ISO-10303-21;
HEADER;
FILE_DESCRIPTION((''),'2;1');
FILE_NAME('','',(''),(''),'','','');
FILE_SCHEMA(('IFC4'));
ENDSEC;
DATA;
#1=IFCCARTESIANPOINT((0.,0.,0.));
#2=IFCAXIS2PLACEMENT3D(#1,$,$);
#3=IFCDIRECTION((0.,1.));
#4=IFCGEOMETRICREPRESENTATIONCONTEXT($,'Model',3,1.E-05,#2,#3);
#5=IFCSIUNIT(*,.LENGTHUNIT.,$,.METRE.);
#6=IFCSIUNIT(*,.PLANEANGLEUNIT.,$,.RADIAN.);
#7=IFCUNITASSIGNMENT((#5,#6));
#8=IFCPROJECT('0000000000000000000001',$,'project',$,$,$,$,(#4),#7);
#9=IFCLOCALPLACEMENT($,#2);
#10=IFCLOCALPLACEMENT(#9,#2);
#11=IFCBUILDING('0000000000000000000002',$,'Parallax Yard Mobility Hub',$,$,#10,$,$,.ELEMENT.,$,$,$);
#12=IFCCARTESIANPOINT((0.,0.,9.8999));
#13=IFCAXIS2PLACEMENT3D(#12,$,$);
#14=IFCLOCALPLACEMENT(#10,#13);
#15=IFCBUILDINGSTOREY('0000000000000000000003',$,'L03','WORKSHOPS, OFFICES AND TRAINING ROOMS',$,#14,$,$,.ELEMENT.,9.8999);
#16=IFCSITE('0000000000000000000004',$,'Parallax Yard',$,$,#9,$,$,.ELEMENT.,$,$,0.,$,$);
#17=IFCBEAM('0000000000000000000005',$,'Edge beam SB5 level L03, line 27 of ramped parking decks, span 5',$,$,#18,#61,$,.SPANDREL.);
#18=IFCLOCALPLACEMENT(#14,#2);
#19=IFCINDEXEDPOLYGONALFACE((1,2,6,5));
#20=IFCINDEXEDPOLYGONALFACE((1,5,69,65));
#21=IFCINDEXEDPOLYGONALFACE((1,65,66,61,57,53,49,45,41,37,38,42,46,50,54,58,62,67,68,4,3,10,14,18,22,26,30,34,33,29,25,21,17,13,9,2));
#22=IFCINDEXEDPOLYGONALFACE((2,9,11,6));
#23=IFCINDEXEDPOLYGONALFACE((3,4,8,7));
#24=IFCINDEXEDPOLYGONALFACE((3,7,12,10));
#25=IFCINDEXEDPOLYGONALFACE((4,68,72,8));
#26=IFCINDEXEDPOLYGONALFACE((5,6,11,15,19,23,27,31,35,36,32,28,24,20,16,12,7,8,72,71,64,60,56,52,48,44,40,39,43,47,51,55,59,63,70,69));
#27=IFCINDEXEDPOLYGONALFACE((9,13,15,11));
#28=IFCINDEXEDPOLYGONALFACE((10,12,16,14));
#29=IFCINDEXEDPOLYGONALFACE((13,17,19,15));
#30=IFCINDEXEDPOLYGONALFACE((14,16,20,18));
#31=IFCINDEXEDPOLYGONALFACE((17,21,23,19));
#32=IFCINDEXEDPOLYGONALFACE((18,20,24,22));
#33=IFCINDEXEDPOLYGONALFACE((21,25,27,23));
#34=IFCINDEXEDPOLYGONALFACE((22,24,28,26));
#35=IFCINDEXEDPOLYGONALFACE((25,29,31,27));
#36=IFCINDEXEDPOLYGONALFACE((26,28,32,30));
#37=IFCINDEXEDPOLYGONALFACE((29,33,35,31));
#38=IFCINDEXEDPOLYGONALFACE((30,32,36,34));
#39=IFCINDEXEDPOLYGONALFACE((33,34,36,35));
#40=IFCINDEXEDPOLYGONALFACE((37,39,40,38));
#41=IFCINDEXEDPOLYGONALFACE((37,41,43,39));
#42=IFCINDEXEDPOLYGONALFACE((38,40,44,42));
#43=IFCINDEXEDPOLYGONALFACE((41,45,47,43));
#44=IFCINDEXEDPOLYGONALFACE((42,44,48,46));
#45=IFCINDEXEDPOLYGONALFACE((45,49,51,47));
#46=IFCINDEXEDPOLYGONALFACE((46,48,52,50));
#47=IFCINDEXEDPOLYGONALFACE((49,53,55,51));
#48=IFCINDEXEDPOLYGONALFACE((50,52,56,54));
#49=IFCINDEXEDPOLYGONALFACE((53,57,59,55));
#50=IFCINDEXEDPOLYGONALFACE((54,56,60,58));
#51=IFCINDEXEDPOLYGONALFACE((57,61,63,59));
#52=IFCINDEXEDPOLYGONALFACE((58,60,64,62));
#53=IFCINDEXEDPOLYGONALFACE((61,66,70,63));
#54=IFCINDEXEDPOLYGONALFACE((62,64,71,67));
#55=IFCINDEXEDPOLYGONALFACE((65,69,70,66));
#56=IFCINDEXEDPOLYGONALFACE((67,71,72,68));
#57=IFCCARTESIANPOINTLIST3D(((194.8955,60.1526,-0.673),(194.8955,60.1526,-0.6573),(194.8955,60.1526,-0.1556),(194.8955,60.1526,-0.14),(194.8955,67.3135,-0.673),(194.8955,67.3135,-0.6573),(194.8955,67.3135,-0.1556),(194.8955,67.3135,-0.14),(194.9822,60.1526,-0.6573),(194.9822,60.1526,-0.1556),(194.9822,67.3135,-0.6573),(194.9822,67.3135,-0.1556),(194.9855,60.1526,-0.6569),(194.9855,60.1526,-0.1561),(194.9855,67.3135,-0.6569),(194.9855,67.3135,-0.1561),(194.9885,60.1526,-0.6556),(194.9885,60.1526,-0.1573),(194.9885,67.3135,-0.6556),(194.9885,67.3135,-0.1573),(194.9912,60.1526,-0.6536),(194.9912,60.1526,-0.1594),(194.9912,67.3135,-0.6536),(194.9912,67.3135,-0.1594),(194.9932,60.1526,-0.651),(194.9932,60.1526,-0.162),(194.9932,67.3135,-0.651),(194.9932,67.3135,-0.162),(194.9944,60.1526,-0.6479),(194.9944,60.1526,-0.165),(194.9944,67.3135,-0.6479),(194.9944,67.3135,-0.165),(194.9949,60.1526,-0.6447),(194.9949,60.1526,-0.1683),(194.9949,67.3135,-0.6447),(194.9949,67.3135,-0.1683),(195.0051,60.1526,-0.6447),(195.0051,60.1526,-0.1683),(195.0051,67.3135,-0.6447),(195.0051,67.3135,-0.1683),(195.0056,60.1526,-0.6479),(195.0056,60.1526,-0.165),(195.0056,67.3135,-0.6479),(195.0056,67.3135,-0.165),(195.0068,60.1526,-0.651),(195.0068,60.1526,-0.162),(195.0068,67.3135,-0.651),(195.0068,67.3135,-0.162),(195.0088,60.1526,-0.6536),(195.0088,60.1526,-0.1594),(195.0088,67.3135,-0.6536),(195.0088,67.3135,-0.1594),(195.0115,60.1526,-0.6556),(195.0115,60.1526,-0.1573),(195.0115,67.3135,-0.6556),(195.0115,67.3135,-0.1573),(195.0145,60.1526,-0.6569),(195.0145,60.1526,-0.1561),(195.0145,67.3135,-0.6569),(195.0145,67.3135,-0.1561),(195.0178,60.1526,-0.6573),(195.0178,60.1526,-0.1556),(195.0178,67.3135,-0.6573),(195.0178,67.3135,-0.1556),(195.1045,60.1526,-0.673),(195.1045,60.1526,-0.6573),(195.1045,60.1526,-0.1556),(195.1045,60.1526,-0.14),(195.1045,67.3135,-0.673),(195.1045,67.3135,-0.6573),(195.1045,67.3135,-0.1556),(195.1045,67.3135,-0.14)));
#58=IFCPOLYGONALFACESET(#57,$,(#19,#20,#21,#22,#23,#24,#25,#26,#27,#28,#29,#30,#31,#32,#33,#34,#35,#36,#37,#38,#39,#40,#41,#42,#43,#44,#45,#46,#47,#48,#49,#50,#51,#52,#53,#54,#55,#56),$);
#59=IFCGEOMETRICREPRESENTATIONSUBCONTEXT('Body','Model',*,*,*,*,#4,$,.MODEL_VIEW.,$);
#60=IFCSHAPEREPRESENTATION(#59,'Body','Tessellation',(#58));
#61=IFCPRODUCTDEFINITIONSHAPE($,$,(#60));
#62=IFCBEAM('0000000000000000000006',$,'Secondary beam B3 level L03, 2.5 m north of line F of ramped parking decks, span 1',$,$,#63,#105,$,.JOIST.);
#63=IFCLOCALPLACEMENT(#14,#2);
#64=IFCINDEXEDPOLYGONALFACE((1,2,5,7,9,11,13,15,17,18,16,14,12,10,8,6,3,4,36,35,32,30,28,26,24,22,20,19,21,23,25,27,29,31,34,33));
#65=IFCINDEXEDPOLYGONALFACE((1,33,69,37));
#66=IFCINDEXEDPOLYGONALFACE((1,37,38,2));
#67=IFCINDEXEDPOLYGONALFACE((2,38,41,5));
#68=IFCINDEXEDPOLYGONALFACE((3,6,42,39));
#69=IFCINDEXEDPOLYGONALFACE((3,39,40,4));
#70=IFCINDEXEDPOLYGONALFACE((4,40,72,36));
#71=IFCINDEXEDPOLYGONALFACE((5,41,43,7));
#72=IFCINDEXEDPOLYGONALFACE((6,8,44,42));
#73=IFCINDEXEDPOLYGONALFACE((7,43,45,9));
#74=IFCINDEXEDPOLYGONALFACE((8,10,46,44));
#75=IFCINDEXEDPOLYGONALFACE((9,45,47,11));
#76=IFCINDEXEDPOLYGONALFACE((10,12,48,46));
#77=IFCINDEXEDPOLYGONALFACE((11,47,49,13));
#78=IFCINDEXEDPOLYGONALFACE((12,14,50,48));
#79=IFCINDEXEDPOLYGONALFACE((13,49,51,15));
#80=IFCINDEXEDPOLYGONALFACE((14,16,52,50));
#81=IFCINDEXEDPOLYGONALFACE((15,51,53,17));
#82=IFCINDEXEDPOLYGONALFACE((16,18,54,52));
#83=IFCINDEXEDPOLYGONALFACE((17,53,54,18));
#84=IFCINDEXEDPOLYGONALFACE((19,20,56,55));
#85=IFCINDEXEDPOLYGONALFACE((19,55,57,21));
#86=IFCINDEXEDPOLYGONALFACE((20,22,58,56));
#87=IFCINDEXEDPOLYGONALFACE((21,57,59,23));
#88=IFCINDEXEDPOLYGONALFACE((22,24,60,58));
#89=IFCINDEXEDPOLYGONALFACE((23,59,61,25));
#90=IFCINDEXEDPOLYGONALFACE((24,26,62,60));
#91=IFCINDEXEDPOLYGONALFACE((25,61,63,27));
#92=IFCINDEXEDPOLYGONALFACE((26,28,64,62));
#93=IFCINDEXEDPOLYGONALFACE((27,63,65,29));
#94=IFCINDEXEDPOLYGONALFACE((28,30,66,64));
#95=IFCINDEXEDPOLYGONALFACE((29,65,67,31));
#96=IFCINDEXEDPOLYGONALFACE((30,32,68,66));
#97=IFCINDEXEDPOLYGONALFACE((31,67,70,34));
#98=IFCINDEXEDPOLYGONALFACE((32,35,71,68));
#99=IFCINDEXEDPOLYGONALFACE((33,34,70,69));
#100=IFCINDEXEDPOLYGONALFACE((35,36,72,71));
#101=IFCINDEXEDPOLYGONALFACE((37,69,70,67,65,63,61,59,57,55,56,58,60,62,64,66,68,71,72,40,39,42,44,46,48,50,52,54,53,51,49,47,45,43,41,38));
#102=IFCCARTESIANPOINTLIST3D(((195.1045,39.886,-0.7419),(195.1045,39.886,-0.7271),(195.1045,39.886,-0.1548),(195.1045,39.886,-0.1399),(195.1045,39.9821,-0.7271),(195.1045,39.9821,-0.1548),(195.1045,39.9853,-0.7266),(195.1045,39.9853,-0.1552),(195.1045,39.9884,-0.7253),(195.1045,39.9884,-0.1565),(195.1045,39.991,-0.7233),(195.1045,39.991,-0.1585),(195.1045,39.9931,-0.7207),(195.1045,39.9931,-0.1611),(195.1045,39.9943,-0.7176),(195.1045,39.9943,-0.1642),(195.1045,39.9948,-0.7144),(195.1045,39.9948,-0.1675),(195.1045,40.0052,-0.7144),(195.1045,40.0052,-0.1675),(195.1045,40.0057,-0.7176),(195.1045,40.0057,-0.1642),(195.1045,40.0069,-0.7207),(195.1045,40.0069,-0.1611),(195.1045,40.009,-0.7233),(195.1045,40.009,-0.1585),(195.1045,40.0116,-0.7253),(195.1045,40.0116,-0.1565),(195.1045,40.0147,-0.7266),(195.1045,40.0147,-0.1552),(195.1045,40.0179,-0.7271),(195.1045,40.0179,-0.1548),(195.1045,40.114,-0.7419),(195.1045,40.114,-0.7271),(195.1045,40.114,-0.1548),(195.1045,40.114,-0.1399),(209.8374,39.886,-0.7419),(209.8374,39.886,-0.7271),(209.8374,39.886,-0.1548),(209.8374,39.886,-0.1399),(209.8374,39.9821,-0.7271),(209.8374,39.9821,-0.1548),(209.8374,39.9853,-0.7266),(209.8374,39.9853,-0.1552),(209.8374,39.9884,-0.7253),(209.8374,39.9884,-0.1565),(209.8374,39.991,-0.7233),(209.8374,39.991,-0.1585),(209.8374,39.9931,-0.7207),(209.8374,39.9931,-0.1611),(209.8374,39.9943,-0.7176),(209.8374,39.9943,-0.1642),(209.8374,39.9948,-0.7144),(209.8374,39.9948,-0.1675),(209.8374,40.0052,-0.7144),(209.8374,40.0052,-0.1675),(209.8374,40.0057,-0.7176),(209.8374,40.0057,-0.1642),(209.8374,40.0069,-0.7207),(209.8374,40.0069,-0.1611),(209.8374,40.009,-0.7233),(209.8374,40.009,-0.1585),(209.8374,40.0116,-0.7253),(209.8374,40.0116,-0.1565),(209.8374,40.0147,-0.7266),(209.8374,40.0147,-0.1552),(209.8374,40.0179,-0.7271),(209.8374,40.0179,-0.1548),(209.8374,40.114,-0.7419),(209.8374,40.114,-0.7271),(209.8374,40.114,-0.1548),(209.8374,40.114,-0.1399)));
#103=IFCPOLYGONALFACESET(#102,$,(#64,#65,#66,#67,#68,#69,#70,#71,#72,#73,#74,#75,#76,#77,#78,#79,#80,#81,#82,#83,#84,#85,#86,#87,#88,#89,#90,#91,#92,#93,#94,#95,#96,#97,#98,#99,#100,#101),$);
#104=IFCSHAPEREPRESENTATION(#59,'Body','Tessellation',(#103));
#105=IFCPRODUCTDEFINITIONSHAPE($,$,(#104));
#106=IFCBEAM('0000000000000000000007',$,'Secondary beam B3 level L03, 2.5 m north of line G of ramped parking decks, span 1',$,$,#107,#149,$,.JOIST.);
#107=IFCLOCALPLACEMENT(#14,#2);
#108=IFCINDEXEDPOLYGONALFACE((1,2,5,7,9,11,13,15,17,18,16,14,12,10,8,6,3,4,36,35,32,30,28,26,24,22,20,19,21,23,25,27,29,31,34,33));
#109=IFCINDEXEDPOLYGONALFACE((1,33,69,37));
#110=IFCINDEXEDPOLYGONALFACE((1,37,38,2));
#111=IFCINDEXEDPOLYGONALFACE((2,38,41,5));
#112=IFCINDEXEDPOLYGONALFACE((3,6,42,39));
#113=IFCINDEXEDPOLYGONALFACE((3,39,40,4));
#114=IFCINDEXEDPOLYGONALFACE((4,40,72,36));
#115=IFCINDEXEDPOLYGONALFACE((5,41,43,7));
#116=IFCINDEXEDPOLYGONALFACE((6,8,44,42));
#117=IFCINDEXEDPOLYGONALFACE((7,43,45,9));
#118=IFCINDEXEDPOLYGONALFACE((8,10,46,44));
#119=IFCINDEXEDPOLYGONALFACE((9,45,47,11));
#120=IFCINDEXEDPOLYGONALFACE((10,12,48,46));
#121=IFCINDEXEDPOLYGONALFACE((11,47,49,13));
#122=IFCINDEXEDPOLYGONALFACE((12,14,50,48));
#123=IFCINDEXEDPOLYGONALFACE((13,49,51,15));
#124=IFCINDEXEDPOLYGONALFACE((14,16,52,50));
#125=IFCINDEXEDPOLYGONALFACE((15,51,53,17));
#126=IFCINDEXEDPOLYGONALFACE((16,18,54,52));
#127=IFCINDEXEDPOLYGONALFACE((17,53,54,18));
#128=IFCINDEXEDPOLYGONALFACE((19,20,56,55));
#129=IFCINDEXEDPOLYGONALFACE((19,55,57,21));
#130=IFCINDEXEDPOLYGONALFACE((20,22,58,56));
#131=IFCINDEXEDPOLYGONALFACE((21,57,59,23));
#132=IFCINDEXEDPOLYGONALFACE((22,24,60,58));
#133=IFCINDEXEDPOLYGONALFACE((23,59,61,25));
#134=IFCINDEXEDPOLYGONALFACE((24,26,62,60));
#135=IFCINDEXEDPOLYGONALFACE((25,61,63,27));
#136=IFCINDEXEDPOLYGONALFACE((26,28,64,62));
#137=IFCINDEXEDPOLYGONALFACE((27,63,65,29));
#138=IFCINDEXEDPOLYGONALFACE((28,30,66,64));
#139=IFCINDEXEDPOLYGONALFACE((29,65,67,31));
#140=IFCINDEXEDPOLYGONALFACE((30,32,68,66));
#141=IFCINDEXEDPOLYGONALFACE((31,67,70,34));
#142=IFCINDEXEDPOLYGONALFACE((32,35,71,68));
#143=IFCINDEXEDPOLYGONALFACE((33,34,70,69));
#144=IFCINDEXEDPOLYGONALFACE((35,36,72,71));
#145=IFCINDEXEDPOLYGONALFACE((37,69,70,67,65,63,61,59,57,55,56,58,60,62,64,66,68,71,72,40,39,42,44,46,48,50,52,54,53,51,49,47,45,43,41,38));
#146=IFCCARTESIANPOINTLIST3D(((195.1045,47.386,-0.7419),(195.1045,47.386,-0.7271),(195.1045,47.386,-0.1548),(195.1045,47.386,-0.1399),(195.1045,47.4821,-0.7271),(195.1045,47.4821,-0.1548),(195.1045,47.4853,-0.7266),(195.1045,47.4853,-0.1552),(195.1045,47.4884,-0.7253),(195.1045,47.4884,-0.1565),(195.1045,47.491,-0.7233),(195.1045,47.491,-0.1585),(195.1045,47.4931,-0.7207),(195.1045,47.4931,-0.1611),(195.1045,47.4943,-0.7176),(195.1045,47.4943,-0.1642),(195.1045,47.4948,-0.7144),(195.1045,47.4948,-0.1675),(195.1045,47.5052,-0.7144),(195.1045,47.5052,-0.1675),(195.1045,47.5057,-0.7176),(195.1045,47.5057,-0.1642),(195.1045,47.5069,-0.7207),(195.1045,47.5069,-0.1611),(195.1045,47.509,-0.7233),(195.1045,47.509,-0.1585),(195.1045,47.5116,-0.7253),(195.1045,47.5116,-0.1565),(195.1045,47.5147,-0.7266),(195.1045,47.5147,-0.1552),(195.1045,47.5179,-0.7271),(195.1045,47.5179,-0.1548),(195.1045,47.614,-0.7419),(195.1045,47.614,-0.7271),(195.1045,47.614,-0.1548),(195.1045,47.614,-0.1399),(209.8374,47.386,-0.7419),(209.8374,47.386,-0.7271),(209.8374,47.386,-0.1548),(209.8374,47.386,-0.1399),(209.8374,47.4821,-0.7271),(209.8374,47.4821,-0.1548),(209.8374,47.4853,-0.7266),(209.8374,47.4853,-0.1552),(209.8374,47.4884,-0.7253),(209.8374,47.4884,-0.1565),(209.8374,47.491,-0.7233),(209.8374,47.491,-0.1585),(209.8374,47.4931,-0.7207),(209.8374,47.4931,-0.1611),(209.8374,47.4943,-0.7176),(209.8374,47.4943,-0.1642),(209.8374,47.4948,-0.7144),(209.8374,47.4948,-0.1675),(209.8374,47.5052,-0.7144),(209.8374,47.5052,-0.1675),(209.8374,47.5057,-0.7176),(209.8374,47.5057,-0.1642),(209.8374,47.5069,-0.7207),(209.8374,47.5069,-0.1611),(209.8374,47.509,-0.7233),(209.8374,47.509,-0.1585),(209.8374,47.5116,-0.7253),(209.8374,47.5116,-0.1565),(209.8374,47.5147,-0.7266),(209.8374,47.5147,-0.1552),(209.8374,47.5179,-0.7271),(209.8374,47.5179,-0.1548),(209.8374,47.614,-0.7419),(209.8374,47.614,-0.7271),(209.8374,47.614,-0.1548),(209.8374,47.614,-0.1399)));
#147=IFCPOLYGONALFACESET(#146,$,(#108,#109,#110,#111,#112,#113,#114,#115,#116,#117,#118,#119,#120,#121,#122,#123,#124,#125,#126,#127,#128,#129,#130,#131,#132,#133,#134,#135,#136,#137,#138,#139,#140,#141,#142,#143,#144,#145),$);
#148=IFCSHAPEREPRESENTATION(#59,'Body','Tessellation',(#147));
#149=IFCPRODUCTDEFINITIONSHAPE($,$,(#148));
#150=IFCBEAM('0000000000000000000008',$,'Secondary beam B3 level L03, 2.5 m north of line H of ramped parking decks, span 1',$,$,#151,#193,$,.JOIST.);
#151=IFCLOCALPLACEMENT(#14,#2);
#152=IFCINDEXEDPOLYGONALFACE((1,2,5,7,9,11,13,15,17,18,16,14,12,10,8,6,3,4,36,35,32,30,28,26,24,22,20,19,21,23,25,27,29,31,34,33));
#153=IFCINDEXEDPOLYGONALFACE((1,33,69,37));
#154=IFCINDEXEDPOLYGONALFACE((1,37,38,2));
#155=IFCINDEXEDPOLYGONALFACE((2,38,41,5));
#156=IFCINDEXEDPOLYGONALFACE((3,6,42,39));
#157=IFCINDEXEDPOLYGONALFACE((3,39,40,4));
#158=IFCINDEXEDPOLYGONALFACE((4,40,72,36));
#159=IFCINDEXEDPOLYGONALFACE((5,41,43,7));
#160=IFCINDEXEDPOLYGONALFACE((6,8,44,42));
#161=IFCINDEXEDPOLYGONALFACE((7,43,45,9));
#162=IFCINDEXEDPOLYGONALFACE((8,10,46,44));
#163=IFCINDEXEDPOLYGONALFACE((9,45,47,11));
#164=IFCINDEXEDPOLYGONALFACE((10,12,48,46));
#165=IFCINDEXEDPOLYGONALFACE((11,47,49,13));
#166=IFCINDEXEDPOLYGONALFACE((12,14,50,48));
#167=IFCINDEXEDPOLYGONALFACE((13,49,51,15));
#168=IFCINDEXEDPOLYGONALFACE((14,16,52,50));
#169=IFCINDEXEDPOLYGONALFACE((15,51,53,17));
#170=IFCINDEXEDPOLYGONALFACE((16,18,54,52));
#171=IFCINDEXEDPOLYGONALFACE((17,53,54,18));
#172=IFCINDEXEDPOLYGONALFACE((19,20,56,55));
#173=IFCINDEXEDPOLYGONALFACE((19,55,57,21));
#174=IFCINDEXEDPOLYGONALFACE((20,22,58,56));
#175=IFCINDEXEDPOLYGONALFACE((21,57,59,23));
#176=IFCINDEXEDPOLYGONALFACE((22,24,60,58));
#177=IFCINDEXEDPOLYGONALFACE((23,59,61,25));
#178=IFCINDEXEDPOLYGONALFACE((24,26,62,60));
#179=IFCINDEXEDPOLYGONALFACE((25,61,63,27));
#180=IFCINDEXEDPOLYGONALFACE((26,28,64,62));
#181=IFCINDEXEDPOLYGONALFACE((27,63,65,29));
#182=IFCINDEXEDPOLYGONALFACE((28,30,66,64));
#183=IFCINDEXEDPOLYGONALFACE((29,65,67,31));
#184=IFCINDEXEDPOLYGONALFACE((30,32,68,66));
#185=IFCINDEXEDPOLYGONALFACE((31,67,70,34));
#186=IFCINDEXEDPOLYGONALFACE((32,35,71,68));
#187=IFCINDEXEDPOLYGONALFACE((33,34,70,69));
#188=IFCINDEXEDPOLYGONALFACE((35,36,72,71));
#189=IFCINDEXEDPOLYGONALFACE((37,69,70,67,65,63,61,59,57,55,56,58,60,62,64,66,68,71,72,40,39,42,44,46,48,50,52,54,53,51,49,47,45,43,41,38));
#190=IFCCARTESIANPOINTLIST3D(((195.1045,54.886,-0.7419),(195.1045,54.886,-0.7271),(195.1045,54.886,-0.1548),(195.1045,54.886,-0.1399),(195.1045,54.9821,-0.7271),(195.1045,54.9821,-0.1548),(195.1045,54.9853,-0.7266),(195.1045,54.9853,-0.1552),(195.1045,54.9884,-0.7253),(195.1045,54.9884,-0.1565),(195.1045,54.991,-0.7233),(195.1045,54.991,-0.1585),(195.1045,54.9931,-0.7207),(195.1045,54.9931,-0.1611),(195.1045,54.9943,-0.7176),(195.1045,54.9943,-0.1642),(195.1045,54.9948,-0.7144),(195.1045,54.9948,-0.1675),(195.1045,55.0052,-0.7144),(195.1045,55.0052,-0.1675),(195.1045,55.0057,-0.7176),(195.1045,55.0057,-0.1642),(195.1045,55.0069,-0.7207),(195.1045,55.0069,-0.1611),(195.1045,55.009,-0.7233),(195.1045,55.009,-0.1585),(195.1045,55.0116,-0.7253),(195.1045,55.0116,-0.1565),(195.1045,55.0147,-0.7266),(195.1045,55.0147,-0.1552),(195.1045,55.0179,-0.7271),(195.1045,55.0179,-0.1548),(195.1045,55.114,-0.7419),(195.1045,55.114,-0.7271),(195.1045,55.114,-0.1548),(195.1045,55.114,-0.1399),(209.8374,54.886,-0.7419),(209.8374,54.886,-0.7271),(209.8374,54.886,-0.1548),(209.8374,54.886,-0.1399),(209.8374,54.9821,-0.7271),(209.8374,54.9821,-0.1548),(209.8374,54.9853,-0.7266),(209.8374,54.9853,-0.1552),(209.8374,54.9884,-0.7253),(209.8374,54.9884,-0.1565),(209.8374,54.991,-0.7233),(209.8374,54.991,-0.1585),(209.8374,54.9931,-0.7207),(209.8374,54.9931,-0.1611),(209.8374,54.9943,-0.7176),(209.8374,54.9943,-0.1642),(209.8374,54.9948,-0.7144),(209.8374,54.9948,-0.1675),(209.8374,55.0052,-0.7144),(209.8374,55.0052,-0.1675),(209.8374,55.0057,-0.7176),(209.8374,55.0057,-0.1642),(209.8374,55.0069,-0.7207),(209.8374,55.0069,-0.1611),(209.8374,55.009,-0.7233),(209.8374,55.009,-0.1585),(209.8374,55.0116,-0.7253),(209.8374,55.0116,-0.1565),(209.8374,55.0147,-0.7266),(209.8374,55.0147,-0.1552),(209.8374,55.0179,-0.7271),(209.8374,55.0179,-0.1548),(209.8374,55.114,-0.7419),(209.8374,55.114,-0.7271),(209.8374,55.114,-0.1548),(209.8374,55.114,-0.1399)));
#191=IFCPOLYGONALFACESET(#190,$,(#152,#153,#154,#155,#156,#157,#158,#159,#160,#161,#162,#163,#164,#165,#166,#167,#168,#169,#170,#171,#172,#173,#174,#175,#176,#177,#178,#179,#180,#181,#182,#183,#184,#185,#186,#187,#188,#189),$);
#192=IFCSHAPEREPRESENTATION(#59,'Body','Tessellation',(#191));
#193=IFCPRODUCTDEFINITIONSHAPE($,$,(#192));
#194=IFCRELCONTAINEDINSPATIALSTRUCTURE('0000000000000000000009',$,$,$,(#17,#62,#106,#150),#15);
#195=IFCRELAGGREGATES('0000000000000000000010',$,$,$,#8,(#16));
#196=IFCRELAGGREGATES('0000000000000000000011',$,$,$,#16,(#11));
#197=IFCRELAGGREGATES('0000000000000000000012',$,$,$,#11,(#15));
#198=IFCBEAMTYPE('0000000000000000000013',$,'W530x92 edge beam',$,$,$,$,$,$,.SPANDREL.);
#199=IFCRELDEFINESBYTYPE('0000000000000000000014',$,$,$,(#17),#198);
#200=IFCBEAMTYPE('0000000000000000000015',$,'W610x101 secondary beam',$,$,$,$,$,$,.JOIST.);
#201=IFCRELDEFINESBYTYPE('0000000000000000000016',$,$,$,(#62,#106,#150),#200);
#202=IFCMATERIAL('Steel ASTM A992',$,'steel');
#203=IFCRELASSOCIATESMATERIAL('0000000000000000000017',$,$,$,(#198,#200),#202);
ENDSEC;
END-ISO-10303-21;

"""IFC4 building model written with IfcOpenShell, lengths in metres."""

from ifc_helpers import new_model, si_unit, direction, frame, origin, origin_2d, place, context, subcontext, project, spatial, i_section, extrude, material, material_profile, profile_set, type_object, element, save


model = new_model("IFC4")

# Units and contexts
model_context = context("Model", 3, precision=1e-05, world=origin(), true_north=direction((0.0, 1.0)))
body_context = subcontext(model_context, "Body", "Model", "MODEL_VIEW")
ifc_project = project(units=[si_unit("LENGTHUNIT", "METRE"), si_unit("PLANEANGLEUNIT", "RADIAN")], contexts=[model_context])

# Site, building, storey
site_placement = place(None, origin())
site = spatial("IfcSite", under=ifc_project, at=site_placement, Name="Parallax Yard", CompositionType="ELEMENT", RefElevation=0.0)
building_placement = place(site_placement, origin())
building = spatial("IfcBuilding", under=site, at=building_placement, Name="Parallax Yard Mobility Hub", CompositionType="ELEMENT")
storey_placement = place(building_placement, frame((0.0, 0.0, 9.8999)))
storey = spatial("IfcBuildingStorey", under=building, at=storey_placement, Name="L03", Description="WORKSHOPS, OFFICES AND TRAINING ROOMS", CompositionType="ELEMENT", Elevation=9.8999)

# Shared definitions
ifc_material_1 = material(Name="Steel ASTM A992", Category="steel")

# Beams
ifc_material_profile_1 = material_profile(ifc_material_1, i_section(OverallWidth=0.209, OverallDepth=0.533, WebThickness=0.0103, FlangeThickness=0.0156, FilletRadius=0.0127, at=origin_2d()), Name="W530x92")
ifc_profile_set_1 = profile_set([ifc_material_profile_1], Name="Steel ASTM A992")
beam_type_1 = type_object("IfcBeamType", Name="W530x92 edge beam", PredefinedType="SPANDREL", material=ifc_profile_set_1)
beam_1_placement = place(storey_placement, frame((195.0, 60.1526, -0.4065), z_axis=(0.0, 1.0, 0.0), x_axis=(-1.0, 0.0, 0.0)))
element("IfcBeam", 1, at=beam_1_placement, inside=storey, type_object=beam_type_1, Name="Edge beam SB5 level L03, line 27 of ramped parking decks, span 5", PredefinedType="SPANDREL", context=body_context, shape_type="SweptSolid", body=[
    extrude(i_section(OverallWidth=0.209, OverallDepth=0.533, WebThickness=0.0103, FlangeThickness=0.0156, FilletRadius=0.0127, at=origin_2d()), origin(), (0.0, 0.0, 1.0), 7.1609),
])
ifc_material_profile_2 = material_profile(ifc_material_1, i_section(OverallWidth=0.228, OverallDepth=0.6021, WebThickness=0.0105, FlangeThickness=0.0149, FilletRadius=0.0127, at=origin_2d()), Name="W610x101")
ifc_profile_set_2 = profile_set([ifc_material_profile_2], Name="Steel ASTM A992")
beam_type_2 = type_object("IfcBeamType", Name="W610x101 secondary beam", PredefinedType="JOIST", material=ifc_profile_set_2)
for number, where, z_axis, x_axis, name in (
    (2, (195.1045, 40.0, -0.4409), (1.0, 0.0, 0.0), (0.0, 1.0, 0.0), "Secondary beam B3 level L03, 2.5 m north of line F of ramped parking decks, span 1"),
    (3, (195.1045, 47.5, -0.4409), (1.0, 0.0, 0.0), (0.0, 1.0, 0.0), "Secondary beam B3 level L03, 2.5 m north of line G of ramped parking decks, span 1"),
    (4, (195.1045, 55.0, -0.4409), (1.0, 0.0, 0.0), (0.0, 1.0, 0.0), "Secondary beam B3 level L03, 2.5 m north of line H of ramped parking decks, span 1"),
):
    element("IfcBeam", number, at=place(storey_placement, frame(where, z_axis=z_axis, x_axis=x_axis)), inside=storey, type_object=beam_type_2, Name=name, PredefinedType="JOIST", context=body_context, shape_type="SweptSolid", body=[
        extrude(i_section(OverallWidth=0.228, OverallDepth=0.6021, WebThickness=0.0105, FlangeThickness=0.0149, FilletRadius=0.0127, at=origin_2d()), origin(), (0.0, 0.0, 1.0), 14.7329),
    ])

save(model, "model.ifc")
